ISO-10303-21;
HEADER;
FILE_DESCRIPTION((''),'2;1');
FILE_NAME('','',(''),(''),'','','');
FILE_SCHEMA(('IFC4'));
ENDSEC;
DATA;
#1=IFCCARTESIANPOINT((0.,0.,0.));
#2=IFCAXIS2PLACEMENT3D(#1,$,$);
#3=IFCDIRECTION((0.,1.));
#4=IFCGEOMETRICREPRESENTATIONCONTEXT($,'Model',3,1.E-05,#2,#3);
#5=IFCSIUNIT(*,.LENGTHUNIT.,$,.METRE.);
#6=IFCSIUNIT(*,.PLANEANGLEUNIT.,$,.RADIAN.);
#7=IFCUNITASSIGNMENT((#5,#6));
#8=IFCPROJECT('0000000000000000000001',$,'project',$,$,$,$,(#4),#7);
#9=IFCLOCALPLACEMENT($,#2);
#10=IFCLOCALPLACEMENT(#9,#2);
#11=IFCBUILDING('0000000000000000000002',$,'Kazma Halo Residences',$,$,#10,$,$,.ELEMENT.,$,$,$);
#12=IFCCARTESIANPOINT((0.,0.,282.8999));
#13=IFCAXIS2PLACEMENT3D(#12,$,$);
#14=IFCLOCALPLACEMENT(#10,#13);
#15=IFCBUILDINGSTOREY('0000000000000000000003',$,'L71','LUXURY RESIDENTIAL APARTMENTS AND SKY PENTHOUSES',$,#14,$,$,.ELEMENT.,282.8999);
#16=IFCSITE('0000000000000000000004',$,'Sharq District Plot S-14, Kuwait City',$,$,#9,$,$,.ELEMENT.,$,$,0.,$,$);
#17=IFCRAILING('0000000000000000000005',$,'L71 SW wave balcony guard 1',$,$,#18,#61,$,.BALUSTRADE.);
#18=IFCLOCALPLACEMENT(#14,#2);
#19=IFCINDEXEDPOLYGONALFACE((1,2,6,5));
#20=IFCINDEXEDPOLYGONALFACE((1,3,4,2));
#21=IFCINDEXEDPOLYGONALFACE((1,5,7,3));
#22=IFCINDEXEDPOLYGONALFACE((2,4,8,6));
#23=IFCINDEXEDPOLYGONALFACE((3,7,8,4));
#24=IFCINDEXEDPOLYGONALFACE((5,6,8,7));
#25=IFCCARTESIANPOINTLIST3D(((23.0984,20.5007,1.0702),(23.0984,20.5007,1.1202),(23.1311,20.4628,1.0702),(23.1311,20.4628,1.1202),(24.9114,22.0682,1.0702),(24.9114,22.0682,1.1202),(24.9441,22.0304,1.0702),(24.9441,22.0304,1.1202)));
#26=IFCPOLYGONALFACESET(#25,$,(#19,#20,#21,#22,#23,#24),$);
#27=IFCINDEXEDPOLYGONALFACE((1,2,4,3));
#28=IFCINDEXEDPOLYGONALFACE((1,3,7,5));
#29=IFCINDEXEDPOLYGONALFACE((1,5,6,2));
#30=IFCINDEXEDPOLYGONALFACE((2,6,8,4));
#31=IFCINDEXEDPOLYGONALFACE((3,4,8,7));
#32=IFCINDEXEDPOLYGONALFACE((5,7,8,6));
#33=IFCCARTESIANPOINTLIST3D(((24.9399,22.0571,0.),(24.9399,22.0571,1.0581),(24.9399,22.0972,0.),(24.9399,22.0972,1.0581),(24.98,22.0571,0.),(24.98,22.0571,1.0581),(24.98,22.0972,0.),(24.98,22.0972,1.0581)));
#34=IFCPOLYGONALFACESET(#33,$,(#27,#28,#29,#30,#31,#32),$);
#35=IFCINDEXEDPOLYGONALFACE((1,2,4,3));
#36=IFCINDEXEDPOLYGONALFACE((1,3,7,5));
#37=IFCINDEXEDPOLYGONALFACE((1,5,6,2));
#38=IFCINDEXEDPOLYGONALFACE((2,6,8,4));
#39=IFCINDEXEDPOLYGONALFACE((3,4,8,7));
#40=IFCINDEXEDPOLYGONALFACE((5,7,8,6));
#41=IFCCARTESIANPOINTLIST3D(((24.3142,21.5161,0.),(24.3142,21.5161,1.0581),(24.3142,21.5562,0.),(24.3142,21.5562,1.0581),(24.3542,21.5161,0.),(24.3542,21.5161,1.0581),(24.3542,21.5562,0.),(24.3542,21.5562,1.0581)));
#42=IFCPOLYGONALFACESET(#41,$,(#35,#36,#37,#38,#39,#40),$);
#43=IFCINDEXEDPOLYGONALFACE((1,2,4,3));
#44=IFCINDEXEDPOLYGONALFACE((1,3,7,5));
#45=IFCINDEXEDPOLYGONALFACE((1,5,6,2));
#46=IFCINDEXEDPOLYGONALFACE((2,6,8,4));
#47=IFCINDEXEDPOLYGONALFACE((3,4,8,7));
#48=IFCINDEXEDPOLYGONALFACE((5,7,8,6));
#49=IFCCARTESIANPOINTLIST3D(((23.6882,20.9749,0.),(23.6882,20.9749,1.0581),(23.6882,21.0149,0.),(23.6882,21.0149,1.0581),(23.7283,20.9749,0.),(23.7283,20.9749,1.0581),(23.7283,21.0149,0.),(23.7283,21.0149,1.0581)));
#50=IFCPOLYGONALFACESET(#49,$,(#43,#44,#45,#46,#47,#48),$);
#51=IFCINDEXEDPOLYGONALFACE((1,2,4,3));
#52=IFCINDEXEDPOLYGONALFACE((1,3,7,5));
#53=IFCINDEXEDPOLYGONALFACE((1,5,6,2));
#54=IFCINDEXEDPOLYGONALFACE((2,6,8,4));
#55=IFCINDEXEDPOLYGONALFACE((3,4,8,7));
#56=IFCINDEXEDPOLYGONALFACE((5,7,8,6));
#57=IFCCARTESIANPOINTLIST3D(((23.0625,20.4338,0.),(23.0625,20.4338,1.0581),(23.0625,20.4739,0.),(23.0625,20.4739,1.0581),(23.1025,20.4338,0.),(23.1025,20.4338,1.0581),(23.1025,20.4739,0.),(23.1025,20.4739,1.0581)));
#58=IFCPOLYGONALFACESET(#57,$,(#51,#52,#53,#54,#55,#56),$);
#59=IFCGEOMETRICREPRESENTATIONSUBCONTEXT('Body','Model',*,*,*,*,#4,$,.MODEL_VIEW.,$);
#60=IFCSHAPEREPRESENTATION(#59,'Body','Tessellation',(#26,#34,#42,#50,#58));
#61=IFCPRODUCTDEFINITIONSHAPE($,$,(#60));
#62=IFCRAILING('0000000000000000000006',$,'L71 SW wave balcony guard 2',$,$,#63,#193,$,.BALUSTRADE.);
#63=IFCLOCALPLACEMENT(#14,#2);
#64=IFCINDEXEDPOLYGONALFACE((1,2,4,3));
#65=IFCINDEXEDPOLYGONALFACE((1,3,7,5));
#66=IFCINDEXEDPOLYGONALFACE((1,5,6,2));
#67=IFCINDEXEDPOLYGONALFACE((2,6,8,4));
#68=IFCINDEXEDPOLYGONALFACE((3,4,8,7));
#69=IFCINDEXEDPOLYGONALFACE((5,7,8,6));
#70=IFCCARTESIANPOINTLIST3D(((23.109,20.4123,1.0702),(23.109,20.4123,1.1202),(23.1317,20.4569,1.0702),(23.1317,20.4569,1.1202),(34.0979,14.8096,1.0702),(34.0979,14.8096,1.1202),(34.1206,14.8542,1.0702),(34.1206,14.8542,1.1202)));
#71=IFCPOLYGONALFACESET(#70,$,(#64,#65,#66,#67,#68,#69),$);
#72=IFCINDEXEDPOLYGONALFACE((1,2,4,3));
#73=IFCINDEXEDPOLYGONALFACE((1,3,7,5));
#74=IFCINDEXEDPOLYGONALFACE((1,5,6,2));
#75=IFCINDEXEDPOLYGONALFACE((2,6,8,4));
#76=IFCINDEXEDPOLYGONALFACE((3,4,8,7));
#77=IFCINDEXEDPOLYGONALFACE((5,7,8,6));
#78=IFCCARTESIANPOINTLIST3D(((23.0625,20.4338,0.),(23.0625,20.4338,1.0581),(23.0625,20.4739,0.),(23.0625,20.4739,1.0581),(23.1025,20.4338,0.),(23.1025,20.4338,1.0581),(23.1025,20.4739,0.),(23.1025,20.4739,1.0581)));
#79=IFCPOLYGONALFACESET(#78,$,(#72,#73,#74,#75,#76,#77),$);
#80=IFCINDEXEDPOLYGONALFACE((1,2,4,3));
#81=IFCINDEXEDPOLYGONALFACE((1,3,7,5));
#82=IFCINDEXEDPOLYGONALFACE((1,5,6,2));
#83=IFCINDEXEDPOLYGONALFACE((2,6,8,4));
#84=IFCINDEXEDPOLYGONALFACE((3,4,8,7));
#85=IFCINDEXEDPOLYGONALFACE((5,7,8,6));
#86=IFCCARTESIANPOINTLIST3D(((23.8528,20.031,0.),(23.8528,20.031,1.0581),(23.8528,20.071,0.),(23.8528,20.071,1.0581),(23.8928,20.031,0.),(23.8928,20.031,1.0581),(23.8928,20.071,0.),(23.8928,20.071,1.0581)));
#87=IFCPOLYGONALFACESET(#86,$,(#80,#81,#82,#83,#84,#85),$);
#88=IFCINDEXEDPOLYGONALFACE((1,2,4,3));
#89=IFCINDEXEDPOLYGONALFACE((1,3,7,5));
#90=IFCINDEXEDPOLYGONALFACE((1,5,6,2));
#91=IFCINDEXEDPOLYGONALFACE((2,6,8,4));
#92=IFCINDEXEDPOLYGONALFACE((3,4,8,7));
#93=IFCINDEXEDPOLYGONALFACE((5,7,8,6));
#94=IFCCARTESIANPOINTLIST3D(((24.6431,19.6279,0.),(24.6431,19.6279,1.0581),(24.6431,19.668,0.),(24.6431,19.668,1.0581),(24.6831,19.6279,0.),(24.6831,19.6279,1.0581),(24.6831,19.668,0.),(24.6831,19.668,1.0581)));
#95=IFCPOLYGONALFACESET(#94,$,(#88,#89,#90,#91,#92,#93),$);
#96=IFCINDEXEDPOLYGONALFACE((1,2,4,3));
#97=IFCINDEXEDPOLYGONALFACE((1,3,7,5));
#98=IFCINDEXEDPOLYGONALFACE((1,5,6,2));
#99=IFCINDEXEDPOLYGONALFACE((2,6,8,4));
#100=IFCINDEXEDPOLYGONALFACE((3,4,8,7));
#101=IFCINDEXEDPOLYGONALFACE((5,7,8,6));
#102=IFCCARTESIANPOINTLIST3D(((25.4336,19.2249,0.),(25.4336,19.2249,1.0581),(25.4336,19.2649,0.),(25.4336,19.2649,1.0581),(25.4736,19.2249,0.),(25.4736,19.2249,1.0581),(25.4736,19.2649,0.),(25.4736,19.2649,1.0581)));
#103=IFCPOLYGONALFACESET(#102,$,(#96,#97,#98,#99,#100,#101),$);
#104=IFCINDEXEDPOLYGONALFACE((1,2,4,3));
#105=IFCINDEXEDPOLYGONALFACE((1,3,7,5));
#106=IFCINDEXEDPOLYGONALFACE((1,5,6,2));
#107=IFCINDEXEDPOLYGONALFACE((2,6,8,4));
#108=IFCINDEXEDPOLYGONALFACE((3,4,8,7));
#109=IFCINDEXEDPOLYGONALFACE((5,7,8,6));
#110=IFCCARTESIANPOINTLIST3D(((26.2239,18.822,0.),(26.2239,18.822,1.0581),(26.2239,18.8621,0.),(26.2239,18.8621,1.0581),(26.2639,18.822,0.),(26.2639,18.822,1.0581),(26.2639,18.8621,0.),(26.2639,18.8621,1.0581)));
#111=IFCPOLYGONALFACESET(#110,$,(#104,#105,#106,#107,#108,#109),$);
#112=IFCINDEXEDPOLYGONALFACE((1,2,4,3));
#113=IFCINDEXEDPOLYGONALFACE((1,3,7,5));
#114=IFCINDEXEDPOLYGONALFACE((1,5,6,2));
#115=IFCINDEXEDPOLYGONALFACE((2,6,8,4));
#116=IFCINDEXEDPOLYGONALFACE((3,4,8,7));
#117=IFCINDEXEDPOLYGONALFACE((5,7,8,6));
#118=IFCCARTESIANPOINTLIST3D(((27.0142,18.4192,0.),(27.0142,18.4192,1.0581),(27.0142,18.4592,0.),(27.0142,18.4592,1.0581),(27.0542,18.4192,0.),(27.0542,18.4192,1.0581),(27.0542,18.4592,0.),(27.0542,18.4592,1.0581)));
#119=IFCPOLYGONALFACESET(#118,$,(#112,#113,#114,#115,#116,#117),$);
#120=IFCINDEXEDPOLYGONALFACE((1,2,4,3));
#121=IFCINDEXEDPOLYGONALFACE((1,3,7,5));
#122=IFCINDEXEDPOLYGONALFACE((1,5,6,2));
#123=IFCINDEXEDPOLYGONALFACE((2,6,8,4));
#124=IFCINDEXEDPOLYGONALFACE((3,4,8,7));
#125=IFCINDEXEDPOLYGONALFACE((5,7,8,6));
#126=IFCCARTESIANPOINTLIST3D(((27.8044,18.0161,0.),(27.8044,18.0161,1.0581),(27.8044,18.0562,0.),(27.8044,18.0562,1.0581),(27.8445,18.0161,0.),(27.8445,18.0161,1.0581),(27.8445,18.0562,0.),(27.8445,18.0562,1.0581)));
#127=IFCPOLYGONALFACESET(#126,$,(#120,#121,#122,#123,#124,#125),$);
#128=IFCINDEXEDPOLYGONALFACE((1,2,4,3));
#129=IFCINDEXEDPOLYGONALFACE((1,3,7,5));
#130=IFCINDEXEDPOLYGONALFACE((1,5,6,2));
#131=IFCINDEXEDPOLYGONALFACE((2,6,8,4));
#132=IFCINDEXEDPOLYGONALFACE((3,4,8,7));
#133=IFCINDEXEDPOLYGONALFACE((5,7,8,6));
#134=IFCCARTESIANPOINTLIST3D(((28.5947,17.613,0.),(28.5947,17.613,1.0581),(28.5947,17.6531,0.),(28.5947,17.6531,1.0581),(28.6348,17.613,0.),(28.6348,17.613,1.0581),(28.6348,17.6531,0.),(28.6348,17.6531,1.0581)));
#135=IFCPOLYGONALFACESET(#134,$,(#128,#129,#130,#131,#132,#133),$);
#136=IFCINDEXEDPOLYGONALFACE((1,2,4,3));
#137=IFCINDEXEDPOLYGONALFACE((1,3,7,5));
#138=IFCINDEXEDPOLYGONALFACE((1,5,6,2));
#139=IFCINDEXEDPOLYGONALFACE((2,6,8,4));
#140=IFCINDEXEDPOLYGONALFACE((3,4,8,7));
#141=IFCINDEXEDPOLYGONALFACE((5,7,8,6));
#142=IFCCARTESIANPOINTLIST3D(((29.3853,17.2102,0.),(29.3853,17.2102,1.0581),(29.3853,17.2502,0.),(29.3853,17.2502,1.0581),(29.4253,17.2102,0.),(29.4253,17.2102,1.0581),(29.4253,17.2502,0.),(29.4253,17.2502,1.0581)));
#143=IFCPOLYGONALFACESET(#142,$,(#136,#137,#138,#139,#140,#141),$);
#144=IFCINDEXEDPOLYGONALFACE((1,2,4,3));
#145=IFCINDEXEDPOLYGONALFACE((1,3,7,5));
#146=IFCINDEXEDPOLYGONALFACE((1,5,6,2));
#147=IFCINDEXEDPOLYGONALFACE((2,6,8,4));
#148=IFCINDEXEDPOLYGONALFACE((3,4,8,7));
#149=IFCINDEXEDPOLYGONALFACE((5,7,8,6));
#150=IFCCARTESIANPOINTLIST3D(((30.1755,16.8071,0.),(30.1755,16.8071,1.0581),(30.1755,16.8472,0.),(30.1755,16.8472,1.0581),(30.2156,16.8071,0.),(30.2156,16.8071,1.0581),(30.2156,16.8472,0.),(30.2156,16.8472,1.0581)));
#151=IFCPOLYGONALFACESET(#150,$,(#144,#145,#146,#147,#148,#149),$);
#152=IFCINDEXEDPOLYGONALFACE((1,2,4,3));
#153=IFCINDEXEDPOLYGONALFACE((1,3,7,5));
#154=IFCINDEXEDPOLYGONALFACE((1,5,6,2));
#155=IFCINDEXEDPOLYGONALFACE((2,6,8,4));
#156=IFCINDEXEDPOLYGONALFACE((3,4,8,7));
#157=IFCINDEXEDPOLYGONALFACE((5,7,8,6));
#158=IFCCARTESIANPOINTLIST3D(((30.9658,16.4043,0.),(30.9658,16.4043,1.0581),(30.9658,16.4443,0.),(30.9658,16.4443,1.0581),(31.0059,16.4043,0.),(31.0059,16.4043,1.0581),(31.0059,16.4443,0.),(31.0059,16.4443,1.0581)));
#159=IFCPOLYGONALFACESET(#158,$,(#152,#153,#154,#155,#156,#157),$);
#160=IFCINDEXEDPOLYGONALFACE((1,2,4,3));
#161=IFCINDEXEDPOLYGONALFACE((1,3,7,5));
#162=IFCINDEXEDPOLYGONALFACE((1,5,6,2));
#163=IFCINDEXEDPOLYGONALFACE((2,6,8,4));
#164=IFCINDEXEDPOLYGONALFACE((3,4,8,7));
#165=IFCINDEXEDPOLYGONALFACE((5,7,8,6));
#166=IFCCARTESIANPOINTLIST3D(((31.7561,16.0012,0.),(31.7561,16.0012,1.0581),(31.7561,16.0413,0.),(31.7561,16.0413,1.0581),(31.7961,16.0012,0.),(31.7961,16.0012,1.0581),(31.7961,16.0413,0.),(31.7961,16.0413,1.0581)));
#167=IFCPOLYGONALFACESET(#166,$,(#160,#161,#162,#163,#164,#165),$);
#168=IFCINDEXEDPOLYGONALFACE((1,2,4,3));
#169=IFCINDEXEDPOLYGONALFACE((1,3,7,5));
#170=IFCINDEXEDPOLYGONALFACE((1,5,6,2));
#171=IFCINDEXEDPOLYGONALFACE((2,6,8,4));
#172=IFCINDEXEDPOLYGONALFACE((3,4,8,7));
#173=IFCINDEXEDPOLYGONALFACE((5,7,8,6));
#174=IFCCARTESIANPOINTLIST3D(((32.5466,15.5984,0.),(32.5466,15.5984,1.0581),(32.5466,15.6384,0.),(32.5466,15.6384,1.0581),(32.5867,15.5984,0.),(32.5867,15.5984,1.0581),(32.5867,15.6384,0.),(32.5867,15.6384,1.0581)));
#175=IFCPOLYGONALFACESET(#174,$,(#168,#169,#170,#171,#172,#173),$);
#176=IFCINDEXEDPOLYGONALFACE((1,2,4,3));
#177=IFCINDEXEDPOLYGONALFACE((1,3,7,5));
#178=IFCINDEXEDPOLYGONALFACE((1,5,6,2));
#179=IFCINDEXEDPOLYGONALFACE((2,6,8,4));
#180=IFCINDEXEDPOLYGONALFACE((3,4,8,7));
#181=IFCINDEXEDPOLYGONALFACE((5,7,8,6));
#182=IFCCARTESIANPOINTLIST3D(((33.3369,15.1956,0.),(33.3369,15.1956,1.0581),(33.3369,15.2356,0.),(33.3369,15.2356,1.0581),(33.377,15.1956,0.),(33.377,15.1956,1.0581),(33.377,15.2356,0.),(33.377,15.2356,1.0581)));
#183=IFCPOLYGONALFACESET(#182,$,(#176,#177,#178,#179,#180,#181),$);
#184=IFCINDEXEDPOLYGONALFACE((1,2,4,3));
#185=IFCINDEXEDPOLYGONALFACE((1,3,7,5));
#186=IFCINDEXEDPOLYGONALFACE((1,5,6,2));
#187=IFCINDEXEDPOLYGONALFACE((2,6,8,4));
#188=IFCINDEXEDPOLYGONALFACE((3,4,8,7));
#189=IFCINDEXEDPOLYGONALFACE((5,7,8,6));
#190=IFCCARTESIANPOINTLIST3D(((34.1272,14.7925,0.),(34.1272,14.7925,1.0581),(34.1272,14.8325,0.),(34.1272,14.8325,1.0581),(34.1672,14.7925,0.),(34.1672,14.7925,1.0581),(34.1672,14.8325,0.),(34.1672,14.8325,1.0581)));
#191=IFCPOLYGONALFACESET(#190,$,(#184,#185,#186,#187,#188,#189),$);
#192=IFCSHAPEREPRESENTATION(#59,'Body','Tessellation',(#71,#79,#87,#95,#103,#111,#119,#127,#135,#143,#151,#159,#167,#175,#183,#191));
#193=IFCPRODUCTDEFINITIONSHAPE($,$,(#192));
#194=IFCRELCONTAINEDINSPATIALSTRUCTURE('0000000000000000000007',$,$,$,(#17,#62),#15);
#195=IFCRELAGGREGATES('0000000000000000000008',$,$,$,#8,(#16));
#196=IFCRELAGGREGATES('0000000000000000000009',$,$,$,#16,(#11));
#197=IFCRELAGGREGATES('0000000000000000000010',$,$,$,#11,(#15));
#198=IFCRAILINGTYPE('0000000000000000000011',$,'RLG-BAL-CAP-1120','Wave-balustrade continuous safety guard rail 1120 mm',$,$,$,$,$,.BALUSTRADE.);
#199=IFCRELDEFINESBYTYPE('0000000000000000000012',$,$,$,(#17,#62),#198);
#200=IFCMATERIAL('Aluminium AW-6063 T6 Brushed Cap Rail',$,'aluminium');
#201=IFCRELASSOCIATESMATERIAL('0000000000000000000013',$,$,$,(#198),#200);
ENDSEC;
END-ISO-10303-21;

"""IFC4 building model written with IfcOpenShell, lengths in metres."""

from ifc_helpers import new_model, si_unit, direction, frame, origin, origin_2d, place, context, subcontext, project, spatial, rectangle, extrude, material, type_object, element, save


model = new_model("IFC4")

# Units and contexts
model_context = context("Model", 3, precision=1e-05, world=origin(), true_north=direction((0.0, 1.0)))
body_context = subcontext(model_context, "Body", "Model", "MODEL_VIEW")
ifc_project = project(units=[si_unit("LENGTHUNIT", "METRE"), si_unit("PLANEANGLEUNIT", "RADIAN")], contexts=[model_context])

# Site, building, storey
site_placement = place(None, origin())
site = spatial("IfcSite", under=ifc_project, at=site_placement, Name="Sharq District Plot S-14, Kuwait City", CompositionType="ELEMENT", RefElevation=0.0)
building_placement = place(site_placement, origin())
building = spatial("IfcBuilding", under=site, at=building_placement, Name="Kazma Halo Residences", CompositionType="ELEMENT")
storey_placement = place(building_placement, frame((0.0, 0.0, 282.8999)))
storey = spatial("IfcBuildingStorey", under=building, at=storey_placement, Name="L71", Description="LUXURY RESIDENTIAL APARTMENTS AND SKY PENTHOUSES", CompositionType="ELEMENT", Elevation=282.8999)

# Railings
ifc_material_1 = material(Name="Aluminium AW-6063 T6 Brushed Cap Rail", Category="aluminium")
railing_type = type_object("IfcRailingType", Name="RLG-BAL-CAP-1120", Description="Wave-balustrade continuous safety guard rail 1120 mm", PredefinedType="BALUSTRADE", material=ifc_material_1)
railing_1_placement = place(storey_placement, frame((24.96, 22.0771, 0.0)))
element("IfcRailing", 1, at=railing_1_placement, inside=storey, type_object=railing_type, Name="L71 SW wave balcony guard 1", PredefinedType="BALUSTRADE", context=body_context, shape_type="SweptSolid", body=[
    extrude(rectangle(XDim=0.05, YDim=0.05, at=origin_2d()), frame((-0.0322, -0.0278, 1.0952), z_axis=(-0.756451, -0.65405, 0.0), x_axis=(0.65405, -0.756451, 0.0)), (0.0, 0.0, 1.0), 2.3967),
    extrude(rectangle(XDim=0.04, YDim=0.04, at=origin_2d()), origin(), (0.0, 0.0, 1.0), 1.0581),
    extrude(rectangle(XDim=0.04, YDim=0.04, at=origin_2d()), frame((-0.6257, -0.541, 0.0)), (0.0, 0.0, 1.0), 1.0581),
    extrude(rectangle(XDim=0.04, YDim=0.04, at=origin_2d()), frame((-1.2517, -1.0823, 0.0)), (0.0, 0.0, 1.0), 1.0581),
    extrude(rectangle(XDim=0.04, YDim=0.04, at=origin_2d()), frame((-1.8774, -1.6233, 0.0)), (0.0, 0.0, 1.0), 1.0581),
])
railing_2_placement = place(storey_placement, frame((23.0825, 20.4539, 0.0)))
element("IfcRailing", 2, at=railing_2_placement, inside=storey, type_object=railing_type, Name="L71 SW wave balcony guard 2", PredefinedType="BALUSTRADE", context=body_context, shape_type="SweptSolid", body=[
    extrude(rectangle(XDim=0.05, YDim=0.05, at=origin_2d()), frame((0.0378, -0.0193, 1.0952), z_axis=(0.890889, -0.454221, 0.0), x_axis=(0.454221, 0.890889, 0.0)), (0.0, 0.0, 1.0), 12.3347),
    extrude(rectangle(XDim=0.04, YDim=0.04, at=origin_2d()), origin(), (0.0, 0.0, 1.0), 1.0581),
    extrude(rectangle(XDim=0.04, YDim=0.04, at=origin_2d()), frame((0.7903, -0.4028, 0.0)), (0.0, 0.0, 1.0), 1.0581),
    extrude(rectangle(XDim=0.04, YDim=0.04, at=origin_2d()), frame((1.5806, -0.8059, 0.0)), (0.0, 0.0, 1.0), 1.0581),
    extrude(rectangle(XDim=0.04, YDim=0.04, at=origin_2d()), frame((2.3711, -1.209, 0.0)), (0.0, 0.0, 1.0), 1.0581),
    extrude(rectangle(XDim=0.04, YDim=0.04, at=origin_2d()), frame((3.1614, -1.6118, 0.0)), (0.0, 0.0, 1.0), 1.0581),
    extrude(rectangle(XDim=0.04, YDim=0.04, at=origin_2d()), frame((3.9517, -2.0146, 0.0)), (0.0, 0.0, 1.0), 1.0581),
    extrude(rectangle(XDim=0.04, YDim=0.04, at=origin_2d()), frame((4.7419, -2.4177, 0.0)), (0.0, 0.0, 1.0), 1.0581),
    extrude(rectangle(XDim=0.04, YDim=0.04, at=origin_2d()), frame((5.5322, -2.8208, 0.0)), (0.0, 0.0, 1.0), 1.0581),
    extrude(rectangle(XDim=0.04, YDim=0.04, at=origin_2d()), frame((6.3228, -3.2236, 0.0)), (0.0, 0.0, 1.0), 1.0581),
    extrude(rectangle(XDim=0.04, YDim=0.04, at=origin_2d()), frame((7.113, -3.6267, 0.0)), (0.0, 0.0, 1.0), 1.0581),
    extrude(rectangle(XDim=0.04, YDim=0.04, at=origin_2d()), frame((7.9033, -4.0295, 0.0)), (0.0, 0.0, 1.0), 1.0581),
    extrude(rectangle(XDim=0.04, YDim=0.04, at=origin_2d()), frame((8.6936, -4.4326, 0.0)), (0.0, 0.0, 1.0), 1.0581),
    extrude(rectangle(XDim=0.04, YDim=0.04, at=origin_2d()), frame((9.4841, -4.8354, 0.0)), (0.0, 0.0, 1.0), 1.0581),
    extrude(rectangle(XDim=0.04, YDim=0.04, at=origin_2d()), frame((10.2744, -5.2383, 0.0)), (0.0, 0.0, 1.0), 1.0581),
    extrude(rectangle(XDim=0.04, YDim=0.04, at=origin_2d()), frame((11.0647, -5.6414, 0.0)), (0.0, 0.0, 1.0), 1.0581),
])

save(model, "model.ifc")
